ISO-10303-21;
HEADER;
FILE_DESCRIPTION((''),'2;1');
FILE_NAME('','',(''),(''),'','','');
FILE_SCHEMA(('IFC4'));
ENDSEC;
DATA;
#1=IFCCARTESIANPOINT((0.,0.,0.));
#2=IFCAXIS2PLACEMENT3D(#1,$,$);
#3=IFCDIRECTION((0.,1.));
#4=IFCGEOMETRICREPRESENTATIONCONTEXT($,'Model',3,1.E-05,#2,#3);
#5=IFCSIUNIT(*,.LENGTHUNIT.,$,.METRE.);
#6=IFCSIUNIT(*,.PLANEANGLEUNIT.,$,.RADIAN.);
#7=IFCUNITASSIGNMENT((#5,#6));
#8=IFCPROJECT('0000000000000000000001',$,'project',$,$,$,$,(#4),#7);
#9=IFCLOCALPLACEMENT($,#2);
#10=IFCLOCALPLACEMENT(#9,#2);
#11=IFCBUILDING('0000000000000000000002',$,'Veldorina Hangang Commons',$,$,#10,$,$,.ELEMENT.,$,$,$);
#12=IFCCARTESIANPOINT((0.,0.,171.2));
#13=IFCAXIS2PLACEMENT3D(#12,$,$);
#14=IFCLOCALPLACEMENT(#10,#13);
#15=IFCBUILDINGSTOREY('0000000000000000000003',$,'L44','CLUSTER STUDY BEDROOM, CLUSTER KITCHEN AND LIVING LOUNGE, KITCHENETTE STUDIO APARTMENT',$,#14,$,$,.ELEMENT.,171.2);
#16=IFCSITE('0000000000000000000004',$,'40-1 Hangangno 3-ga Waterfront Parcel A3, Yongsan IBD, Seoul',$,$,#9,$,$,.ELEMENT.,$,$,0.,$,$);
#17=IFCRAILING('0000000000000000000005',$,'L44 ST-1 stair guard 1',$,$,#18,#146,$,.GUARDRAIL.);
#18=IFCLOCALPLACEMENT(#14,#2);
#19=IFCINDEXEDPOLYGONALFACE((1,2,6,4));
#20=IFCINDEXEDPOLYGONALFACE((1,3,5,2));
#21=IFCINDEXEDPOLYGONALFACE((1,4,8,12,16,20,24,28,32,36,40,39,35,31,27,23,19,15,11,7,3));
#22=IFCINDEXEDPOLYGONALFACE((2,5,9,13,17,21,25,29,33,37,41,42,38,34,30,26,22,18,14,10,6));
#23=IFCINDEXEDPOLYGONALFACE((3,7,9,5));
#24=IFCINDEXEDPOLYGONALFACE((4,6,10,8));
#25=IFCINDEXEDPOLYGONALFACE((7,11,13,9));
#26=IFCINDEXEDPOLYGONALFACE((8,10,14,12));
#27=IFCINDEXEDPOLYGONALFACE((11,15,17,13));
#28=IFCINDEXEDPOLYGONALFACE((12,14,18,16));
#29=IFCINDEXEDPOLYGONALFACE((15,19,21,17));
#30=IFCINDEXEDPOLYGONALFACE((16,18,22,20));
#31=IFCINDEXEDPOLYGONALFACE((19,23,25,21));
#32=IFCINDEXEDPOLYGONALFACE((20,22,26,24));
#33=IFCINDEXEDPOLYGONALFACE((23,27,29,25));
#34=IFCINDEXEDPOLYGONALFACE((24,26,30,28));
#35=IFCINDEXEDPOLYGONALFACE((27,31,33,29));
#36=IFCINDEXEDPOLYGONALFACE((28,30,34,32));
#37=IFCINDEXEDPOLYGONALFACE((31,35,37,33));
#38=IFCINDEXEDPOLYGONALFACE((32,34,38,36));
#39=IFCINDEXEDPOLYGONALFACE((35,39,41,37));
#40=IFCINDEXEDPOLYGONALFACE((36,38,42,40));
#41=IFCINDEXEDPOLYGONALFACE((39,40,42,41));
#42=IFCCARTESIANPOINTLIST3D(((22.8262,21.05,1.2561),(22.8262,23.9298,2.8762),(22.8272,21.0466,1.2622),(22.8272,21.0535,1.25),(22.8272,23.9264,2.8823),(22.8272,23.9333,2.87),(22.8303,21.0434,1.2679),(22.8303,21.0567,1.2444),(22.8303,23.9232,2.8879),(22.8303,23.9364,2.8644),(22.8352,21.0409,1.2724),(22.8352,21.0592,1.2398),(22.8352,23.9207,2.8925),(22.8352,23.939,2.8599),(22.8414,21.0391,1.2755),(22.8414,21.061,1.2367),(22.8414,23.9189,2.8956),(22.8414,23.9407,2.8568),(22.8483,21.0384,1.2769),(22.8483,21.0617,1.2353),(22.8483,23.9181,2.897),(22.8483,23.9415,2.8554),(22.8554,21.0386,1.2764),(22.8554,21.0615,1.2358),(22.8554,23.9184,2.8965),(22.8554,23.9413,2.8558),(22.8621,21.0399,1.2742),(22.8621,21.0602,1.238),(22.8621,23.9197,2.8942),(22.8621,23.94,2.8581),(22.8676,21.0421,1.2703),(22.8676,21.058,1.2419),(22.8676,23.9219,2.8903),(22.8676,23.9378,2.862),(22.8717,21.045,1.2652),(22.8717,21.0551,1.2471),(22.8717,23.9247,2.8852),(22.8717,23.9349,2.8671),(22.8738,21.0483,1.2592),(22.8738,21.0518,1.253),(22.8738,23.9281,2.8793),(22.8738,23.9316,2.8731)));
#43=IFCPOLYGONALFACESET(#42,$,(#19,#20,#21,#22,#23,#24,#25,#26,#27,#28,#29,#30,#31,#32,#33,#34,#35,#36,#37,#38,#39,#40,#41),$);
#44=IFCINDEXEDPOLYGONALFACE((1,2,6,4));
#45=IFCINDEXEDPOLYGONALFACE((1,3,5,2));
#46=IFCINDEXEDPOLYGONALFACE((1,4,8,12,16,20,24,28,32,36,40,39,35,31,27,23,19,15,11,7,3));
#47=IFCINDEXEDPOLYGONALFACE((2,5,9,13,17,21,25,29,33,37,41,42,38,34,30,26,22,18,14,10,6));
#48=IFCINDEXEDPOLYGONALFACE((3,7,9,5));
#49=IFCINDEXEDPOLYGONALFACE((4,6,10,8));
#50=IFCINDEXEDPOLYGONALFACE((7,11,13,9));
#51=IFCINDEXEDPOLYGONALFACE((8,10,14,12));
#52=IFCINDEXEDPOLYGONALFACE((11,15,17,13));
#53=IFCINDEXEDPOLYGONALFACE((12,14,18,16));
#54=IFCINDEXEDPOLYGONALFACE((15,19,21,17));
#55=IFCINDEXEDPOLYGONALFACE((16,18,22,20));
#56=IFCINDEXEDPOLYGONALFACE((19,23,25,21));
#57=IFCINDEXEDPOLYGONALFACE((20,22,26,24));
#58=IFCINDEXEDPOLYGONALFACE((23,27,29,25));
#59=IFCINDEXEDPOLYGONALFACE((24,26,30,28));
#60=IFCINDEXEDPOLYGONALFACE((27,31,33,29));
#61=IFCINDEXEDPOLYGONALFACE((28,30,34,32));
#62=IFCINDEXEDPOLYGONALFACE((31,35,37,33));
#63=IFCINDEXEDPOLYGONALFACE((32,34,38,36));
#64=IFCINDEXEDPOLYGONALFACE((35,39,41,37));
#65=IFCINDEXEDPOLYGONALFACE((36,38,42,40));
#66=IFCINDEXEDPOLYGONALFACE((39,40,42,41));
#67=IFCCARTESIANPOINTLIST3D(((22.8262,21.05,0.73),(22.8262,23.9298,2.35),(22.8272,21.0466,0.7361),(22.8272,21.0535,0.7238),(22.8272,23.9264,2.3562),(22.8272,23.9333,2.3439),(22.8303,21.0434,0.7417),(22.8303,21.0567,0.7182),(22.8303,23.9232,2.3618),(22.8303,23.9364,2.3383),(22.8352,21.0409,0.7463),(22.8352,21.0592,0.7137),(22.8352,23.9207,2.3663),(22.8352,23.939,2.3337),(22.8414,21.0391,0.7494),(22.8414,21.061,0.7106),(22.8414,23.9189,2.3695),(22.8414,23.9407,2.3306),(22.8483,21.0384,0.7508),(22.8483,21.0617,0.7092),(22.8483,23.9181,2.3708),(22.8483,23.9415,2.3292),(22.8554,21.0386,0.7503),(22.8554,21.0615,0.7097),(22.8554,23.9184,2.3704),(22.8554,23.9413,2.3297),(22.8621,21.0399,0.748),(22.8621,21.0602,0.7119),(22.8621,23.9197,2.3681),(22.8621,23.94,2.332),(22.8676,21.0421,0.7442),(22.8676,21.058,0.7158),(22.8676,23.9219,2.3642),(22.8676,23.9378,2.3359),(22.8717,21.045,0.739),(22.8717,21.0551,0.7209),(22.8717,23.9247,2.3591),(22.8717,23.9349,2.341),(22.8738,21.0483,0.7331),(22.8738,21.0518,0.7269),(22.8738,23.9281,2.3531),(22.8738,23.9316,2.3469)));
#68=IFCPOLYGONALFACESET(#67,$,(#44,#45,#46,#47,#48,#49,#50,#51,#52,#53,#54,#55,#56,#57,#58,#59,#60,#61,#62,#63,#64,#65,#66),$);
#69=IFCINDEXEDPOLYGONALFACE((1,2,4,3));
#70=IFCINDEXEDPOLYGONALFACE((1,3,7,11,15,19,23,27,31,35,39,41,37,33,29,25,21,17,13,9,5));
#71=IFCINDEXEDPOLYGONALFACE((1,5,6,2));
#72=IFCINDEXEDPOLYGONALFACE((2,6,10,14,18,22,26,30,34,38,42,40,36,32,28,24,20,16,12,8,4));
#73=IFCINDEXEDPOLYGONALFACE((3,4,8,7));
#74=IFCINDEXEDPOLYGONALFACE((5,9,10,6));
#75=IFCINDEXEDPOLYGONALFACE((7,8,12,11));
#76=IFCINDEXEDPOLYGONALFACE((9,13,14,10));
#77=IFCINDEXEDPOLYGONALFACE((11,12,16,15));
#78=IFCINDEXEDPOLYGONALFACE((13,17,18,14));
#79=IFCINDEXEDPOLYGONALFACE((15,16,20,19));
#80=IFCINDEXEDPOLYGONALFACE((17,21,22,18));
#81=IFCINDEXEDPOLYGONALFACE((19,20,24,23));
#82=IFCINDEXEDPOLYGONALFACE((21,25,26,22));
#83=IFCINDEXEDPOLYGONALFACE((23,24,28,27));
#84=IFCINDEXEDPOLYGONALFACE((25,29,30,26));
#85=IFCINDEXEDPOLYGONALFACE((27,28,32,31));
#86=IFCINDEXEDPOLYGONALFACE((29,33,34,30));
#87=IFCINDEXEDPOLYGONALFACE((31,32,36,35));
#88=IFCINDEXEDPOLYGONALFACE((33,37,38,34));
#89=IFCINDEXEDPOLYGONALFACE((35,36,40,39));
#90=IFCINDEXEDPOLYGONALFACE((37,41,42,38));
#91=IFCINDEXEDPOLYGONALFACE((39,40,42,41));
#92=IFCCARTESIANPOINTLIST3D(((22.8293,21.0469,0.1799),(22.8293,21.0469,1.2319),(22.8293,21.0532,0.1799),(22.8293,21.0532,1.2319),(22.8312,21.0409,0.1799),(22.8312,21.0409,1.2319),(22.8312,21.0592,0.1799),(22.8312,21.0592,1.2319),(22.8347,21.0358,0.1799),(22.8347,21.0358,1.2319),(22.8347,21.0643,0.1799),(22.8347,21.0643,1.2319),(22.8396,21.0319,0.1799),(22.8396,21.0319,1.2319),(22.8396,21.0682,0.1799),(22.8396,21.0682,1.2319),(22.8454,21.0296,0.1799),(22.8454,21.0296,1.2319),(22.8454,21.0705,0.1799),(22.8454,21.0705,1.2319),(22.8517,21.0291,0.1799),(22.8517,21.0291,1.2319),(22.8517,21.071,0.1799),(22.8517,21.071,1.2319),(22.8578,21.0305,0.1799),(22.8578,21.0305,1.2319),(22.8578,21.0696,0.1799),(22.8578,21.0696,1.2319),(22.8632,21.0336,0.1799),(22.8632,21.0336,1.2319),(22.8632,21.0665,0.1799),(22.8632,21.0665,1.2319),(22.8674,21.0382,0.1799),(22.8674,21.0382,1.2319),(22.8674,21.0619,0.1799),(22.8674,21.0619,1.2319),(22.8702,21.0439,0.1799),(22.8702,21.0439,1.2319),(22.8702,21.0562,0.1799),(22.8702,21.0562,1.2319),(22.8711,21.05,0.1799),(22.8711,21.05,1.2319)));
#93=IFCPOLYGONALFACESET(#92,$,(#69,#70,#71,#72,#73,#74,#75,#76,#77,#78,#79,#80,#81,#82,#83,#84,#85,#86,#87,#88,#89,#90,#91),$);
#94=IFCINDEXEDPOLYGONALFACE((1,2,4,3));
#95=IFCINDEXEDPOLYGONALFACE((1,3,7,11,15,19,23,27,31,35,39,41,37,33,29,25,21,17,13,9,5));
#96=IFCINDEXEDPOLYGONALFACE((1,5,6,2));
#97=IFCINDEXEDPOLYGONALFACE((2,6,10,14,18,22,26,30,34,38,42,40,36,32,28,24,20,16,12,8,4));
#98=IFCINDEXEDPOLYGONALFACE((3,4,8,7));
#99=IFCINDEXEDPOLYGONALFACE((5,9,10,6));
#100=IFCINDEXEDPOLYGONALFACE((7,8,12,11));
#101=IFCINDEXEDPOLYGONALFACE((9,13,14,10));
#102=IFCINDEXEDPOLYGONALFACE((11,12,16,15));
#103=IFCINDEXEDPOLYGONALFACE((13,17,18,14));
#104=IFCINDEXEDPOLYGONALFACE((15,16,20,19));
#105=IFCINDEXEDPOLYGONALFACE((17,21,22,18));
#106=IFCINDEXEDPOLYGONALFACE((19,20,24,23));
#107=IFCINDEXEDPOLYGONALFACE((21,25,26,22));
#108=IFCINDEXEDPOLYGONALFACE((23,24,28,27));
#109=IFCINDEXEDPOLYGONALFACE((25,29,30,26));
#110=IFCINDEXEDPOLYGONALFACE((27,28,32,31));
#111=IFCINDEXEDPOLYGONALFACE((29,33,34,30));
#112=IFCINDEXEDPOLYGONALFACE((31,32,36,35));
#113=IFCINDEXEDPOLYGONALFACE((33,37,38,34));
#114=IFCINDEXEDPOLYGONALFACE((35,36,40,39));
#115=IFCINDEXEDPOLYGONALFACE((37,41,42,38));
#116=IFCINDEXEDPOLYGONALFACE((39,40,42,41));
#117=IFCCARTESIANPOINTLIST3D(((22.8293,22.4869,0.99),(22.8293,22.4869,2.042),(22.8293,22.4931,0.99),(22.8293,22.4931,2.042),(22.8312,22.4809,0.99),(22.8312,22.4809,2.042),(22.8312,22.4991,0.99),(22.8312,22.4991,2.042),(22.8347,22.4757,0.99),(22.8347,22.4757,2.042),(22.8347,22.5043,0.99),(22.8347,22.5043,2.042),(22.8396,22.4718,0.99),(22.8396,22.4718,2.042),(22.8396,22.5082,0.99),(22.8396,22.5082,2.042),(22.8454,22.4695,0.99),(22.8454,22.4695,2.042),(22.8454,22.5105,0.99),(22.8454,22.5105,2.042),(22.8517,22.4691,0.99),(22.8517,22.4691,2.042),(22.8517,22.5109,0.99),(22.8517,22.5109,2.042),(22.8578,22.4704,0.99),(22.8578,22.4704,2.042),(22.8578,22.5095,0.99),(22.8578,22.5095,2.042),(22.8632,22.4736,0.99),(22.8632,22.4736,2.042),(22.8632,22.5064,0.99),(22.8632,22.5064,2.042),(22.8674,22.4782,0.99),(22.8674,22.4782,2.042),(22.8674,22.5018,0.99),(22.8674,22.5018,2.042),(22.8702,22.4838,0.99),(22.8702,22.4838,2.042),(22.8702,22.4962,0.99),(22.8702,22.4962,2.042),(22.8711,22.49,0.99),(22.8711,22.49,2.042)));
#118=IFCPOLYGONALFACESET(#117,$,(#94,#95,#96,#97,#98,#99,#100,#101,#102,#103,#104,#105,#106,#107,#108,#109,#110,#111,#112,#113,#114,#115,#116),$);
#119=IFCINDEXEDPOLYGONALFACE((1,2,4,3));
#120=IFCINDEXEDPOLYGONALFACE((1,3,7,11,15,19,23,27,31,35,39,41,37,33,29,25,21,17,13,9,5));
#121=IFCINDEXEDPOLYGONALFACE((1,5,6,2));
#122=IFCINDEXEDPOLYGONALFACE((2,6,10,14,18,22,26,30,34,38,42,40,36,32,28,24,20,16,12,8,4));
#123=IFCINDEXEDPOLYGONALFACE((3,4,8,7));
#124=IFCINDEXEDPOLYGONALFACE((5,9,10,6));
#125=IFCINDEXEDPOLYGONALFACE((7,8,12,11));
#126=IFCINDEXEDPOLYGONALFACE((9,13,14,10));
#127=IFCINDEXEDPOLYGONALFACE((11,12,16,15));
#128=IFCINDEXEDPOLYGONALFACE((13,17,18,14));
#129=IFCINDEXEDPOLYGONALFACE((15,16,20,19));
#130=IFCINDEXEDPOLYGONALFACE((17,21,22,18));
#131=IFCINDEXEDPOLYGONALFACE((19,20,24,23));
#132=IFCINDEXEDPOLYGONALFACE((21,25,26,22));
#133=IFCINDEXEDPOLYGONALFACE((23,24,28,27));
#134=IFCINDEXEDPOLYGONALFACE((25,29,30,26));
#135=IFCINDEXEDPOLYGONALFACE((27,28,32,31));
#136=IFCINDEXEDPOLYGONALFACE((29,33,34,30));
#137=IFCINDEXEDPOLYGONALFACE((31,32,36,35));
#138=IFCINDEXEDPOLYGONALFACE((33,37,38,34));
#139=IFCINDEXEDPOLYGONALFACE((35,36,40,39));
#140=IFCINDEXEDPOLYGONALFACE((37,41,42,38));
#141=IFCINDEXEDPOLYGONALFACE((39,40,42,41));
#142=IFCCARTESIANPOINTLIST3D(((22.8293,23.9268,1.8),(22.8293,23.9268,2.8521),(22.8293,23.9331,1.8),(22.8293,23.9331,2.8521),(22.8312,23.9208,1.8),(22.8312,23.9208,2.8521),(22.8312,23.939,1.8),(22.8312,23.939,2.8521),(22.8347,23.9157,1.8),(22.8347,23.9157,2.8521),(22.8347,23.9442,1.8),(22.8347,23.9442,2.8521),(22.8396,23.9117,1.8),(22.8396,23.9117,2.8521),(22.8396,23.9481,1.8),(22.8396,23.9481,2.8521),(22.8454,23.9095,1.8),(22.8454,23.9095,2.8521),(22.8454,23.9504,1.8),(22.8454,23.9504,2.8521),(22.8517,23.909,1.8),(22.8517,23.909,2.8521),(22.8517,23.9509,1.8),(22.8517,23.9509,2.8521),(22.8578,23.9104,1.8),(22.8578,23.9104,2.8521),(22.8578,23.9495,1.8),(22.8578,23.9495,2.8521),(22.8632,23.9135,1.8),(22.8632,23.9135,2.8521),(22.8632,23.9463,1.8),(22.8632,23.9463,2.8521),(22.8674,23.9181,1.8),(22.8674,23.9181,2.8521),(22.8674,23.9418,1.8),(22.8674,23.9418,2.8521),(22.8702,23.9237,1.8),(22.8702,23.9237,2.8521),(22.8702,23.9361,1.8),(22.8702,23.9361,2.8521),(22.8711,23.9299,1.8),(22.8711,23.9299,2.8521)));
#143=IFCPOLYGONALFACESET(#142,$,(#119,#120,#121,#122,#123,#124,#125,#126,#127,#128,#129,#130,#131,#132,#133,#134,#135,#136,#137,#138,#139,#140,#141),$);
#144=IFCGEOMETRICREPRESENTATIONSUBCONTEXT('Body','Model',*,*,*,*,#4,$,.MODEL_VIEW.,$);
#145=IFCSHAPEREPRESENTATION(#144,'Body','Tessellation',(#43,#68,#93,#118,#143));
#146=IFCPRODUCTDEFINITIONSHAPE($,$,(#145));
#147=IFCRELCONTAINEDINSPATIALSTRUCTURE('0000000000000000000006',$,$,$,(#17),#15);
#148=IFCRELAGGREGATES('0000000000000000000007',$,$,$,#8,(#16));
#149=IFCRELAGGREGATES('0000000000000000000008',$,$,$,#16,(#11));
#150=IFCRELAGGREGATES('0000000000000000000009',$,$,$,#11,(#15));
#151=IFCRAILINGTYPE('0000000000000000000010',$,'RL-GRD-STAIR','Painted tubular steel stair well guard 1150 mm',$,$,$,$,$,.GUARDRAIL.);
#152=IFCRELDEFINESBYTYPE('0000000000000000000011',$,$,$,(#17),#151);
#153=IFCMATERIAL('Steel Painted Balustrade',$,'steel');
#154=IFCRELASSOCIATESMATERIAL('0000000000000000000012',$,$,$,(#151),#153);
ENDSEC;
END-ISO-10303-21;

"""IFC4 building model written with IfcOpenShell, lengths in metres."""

from ifc_helpers import new_model, si_unit, direction, frame, origin, origin_2d, place, context, subcontext, project, spatial, circle, extrude, material, type_object, element, save


model = new_model("IFC4")

# Units and contexts
model_context = context("Model", 3, precision=1e-05, world=origin(), true_north=direction((0.0, 1.0)))
body_context = subcontext(model_context, "Body", "Model", "MODEL_VIEW")
ifc_project = project(units=[si_unit("LENGTHUNIT", "METRE"), si_unit("PLANEANGLEUNIT", "RADIAN")], contexts=[model_context])

# Site, building, storey
site_placement = place(None, origin())
site = spatial("IfcSite", under=ifc_project, at=site_placement, Name="40-1 Hangangno 3-ga Waterfront Parcel A3, Yongsan IBD, Seoul", CompositionType="ELEMENT", RefElevation=0.0)
building_placement = place(site_placement, origin())
building = spatial("IfcBuilding", under=site, at=building_placement, Name="Veldorina Hangang Commons", CompositionType="ELEMENT")
storey_placement = place(building_placement, frame((0.0, 0.0, 171.2)))
storey = spatial("IfcBuildingStorey", under=building, at=storey_placement, Name="L44", Description="CLUSTER STUDY BEDROOM, CLUSTER KITCHEN AND LIVING LOUNGE, KITCHENETTE STUDIO APARTMENT", CompositionType="ELEMENT", Elevation=171.2)

# Railing
ifc_material_1 = material(Name="Steel Painted Balustrade", Category="steel")
railing_type_1 = type_object("IfcRailingType", Name="RL-GRD-STAIR", Description="Painted tubular steel stair well guard 1150 mm", PredefinedType="GUARDRAIL", material=ifc_material_1)
railing_1_placement = place(storey_placement, frame((22.8501, 21.05, 0.1799)))
element("IfcRailing", 1, at=railing_1_placement, inside=storey, type_object=railing_type_1, Name="L44 ST-1 stair guard 1", PredefinedType="GUARDRAIL", context=body_context, shape_type="SweptSolid", body=[
    extrude(circle(Radius=0.0239, at=origin_2d()), frame((0.0, 0.0, 1.0762), z_axis=(0.0, 0.871552, 0.490303), x_axis=(-1.0, 0.0, 0.0)), (0.0, 0.0, 1.0), 3.3042),
    extrude(circle(Radius=0.0239, at=origin_2d()), frame((0.0, 0.0, 0.55), z_axis=(0.0, 0.871552, 0.490303), x_axis=(-1.0, 0.0, 0.0)), (0.0, 0.0, 1.0), 3.3042),
    extrude(circle(Radius=0.021, at=origin_2d()), origin(), (0.0, 0.0, 1.0), 1.052),
    extrude(circle(Radius=0.021, at=origin_2d()), frame((0.0, 1.4399, 0.8101)), (0.0, 0.0, 1.0), 1.052),
    extrude(circle(Radius=0.021, at=origin_2d()), frame((0.0, 2.8799, 1.6201)), (0.0, 0.0, 1.0), 1.052),
])

save(model, "model.ifc")
